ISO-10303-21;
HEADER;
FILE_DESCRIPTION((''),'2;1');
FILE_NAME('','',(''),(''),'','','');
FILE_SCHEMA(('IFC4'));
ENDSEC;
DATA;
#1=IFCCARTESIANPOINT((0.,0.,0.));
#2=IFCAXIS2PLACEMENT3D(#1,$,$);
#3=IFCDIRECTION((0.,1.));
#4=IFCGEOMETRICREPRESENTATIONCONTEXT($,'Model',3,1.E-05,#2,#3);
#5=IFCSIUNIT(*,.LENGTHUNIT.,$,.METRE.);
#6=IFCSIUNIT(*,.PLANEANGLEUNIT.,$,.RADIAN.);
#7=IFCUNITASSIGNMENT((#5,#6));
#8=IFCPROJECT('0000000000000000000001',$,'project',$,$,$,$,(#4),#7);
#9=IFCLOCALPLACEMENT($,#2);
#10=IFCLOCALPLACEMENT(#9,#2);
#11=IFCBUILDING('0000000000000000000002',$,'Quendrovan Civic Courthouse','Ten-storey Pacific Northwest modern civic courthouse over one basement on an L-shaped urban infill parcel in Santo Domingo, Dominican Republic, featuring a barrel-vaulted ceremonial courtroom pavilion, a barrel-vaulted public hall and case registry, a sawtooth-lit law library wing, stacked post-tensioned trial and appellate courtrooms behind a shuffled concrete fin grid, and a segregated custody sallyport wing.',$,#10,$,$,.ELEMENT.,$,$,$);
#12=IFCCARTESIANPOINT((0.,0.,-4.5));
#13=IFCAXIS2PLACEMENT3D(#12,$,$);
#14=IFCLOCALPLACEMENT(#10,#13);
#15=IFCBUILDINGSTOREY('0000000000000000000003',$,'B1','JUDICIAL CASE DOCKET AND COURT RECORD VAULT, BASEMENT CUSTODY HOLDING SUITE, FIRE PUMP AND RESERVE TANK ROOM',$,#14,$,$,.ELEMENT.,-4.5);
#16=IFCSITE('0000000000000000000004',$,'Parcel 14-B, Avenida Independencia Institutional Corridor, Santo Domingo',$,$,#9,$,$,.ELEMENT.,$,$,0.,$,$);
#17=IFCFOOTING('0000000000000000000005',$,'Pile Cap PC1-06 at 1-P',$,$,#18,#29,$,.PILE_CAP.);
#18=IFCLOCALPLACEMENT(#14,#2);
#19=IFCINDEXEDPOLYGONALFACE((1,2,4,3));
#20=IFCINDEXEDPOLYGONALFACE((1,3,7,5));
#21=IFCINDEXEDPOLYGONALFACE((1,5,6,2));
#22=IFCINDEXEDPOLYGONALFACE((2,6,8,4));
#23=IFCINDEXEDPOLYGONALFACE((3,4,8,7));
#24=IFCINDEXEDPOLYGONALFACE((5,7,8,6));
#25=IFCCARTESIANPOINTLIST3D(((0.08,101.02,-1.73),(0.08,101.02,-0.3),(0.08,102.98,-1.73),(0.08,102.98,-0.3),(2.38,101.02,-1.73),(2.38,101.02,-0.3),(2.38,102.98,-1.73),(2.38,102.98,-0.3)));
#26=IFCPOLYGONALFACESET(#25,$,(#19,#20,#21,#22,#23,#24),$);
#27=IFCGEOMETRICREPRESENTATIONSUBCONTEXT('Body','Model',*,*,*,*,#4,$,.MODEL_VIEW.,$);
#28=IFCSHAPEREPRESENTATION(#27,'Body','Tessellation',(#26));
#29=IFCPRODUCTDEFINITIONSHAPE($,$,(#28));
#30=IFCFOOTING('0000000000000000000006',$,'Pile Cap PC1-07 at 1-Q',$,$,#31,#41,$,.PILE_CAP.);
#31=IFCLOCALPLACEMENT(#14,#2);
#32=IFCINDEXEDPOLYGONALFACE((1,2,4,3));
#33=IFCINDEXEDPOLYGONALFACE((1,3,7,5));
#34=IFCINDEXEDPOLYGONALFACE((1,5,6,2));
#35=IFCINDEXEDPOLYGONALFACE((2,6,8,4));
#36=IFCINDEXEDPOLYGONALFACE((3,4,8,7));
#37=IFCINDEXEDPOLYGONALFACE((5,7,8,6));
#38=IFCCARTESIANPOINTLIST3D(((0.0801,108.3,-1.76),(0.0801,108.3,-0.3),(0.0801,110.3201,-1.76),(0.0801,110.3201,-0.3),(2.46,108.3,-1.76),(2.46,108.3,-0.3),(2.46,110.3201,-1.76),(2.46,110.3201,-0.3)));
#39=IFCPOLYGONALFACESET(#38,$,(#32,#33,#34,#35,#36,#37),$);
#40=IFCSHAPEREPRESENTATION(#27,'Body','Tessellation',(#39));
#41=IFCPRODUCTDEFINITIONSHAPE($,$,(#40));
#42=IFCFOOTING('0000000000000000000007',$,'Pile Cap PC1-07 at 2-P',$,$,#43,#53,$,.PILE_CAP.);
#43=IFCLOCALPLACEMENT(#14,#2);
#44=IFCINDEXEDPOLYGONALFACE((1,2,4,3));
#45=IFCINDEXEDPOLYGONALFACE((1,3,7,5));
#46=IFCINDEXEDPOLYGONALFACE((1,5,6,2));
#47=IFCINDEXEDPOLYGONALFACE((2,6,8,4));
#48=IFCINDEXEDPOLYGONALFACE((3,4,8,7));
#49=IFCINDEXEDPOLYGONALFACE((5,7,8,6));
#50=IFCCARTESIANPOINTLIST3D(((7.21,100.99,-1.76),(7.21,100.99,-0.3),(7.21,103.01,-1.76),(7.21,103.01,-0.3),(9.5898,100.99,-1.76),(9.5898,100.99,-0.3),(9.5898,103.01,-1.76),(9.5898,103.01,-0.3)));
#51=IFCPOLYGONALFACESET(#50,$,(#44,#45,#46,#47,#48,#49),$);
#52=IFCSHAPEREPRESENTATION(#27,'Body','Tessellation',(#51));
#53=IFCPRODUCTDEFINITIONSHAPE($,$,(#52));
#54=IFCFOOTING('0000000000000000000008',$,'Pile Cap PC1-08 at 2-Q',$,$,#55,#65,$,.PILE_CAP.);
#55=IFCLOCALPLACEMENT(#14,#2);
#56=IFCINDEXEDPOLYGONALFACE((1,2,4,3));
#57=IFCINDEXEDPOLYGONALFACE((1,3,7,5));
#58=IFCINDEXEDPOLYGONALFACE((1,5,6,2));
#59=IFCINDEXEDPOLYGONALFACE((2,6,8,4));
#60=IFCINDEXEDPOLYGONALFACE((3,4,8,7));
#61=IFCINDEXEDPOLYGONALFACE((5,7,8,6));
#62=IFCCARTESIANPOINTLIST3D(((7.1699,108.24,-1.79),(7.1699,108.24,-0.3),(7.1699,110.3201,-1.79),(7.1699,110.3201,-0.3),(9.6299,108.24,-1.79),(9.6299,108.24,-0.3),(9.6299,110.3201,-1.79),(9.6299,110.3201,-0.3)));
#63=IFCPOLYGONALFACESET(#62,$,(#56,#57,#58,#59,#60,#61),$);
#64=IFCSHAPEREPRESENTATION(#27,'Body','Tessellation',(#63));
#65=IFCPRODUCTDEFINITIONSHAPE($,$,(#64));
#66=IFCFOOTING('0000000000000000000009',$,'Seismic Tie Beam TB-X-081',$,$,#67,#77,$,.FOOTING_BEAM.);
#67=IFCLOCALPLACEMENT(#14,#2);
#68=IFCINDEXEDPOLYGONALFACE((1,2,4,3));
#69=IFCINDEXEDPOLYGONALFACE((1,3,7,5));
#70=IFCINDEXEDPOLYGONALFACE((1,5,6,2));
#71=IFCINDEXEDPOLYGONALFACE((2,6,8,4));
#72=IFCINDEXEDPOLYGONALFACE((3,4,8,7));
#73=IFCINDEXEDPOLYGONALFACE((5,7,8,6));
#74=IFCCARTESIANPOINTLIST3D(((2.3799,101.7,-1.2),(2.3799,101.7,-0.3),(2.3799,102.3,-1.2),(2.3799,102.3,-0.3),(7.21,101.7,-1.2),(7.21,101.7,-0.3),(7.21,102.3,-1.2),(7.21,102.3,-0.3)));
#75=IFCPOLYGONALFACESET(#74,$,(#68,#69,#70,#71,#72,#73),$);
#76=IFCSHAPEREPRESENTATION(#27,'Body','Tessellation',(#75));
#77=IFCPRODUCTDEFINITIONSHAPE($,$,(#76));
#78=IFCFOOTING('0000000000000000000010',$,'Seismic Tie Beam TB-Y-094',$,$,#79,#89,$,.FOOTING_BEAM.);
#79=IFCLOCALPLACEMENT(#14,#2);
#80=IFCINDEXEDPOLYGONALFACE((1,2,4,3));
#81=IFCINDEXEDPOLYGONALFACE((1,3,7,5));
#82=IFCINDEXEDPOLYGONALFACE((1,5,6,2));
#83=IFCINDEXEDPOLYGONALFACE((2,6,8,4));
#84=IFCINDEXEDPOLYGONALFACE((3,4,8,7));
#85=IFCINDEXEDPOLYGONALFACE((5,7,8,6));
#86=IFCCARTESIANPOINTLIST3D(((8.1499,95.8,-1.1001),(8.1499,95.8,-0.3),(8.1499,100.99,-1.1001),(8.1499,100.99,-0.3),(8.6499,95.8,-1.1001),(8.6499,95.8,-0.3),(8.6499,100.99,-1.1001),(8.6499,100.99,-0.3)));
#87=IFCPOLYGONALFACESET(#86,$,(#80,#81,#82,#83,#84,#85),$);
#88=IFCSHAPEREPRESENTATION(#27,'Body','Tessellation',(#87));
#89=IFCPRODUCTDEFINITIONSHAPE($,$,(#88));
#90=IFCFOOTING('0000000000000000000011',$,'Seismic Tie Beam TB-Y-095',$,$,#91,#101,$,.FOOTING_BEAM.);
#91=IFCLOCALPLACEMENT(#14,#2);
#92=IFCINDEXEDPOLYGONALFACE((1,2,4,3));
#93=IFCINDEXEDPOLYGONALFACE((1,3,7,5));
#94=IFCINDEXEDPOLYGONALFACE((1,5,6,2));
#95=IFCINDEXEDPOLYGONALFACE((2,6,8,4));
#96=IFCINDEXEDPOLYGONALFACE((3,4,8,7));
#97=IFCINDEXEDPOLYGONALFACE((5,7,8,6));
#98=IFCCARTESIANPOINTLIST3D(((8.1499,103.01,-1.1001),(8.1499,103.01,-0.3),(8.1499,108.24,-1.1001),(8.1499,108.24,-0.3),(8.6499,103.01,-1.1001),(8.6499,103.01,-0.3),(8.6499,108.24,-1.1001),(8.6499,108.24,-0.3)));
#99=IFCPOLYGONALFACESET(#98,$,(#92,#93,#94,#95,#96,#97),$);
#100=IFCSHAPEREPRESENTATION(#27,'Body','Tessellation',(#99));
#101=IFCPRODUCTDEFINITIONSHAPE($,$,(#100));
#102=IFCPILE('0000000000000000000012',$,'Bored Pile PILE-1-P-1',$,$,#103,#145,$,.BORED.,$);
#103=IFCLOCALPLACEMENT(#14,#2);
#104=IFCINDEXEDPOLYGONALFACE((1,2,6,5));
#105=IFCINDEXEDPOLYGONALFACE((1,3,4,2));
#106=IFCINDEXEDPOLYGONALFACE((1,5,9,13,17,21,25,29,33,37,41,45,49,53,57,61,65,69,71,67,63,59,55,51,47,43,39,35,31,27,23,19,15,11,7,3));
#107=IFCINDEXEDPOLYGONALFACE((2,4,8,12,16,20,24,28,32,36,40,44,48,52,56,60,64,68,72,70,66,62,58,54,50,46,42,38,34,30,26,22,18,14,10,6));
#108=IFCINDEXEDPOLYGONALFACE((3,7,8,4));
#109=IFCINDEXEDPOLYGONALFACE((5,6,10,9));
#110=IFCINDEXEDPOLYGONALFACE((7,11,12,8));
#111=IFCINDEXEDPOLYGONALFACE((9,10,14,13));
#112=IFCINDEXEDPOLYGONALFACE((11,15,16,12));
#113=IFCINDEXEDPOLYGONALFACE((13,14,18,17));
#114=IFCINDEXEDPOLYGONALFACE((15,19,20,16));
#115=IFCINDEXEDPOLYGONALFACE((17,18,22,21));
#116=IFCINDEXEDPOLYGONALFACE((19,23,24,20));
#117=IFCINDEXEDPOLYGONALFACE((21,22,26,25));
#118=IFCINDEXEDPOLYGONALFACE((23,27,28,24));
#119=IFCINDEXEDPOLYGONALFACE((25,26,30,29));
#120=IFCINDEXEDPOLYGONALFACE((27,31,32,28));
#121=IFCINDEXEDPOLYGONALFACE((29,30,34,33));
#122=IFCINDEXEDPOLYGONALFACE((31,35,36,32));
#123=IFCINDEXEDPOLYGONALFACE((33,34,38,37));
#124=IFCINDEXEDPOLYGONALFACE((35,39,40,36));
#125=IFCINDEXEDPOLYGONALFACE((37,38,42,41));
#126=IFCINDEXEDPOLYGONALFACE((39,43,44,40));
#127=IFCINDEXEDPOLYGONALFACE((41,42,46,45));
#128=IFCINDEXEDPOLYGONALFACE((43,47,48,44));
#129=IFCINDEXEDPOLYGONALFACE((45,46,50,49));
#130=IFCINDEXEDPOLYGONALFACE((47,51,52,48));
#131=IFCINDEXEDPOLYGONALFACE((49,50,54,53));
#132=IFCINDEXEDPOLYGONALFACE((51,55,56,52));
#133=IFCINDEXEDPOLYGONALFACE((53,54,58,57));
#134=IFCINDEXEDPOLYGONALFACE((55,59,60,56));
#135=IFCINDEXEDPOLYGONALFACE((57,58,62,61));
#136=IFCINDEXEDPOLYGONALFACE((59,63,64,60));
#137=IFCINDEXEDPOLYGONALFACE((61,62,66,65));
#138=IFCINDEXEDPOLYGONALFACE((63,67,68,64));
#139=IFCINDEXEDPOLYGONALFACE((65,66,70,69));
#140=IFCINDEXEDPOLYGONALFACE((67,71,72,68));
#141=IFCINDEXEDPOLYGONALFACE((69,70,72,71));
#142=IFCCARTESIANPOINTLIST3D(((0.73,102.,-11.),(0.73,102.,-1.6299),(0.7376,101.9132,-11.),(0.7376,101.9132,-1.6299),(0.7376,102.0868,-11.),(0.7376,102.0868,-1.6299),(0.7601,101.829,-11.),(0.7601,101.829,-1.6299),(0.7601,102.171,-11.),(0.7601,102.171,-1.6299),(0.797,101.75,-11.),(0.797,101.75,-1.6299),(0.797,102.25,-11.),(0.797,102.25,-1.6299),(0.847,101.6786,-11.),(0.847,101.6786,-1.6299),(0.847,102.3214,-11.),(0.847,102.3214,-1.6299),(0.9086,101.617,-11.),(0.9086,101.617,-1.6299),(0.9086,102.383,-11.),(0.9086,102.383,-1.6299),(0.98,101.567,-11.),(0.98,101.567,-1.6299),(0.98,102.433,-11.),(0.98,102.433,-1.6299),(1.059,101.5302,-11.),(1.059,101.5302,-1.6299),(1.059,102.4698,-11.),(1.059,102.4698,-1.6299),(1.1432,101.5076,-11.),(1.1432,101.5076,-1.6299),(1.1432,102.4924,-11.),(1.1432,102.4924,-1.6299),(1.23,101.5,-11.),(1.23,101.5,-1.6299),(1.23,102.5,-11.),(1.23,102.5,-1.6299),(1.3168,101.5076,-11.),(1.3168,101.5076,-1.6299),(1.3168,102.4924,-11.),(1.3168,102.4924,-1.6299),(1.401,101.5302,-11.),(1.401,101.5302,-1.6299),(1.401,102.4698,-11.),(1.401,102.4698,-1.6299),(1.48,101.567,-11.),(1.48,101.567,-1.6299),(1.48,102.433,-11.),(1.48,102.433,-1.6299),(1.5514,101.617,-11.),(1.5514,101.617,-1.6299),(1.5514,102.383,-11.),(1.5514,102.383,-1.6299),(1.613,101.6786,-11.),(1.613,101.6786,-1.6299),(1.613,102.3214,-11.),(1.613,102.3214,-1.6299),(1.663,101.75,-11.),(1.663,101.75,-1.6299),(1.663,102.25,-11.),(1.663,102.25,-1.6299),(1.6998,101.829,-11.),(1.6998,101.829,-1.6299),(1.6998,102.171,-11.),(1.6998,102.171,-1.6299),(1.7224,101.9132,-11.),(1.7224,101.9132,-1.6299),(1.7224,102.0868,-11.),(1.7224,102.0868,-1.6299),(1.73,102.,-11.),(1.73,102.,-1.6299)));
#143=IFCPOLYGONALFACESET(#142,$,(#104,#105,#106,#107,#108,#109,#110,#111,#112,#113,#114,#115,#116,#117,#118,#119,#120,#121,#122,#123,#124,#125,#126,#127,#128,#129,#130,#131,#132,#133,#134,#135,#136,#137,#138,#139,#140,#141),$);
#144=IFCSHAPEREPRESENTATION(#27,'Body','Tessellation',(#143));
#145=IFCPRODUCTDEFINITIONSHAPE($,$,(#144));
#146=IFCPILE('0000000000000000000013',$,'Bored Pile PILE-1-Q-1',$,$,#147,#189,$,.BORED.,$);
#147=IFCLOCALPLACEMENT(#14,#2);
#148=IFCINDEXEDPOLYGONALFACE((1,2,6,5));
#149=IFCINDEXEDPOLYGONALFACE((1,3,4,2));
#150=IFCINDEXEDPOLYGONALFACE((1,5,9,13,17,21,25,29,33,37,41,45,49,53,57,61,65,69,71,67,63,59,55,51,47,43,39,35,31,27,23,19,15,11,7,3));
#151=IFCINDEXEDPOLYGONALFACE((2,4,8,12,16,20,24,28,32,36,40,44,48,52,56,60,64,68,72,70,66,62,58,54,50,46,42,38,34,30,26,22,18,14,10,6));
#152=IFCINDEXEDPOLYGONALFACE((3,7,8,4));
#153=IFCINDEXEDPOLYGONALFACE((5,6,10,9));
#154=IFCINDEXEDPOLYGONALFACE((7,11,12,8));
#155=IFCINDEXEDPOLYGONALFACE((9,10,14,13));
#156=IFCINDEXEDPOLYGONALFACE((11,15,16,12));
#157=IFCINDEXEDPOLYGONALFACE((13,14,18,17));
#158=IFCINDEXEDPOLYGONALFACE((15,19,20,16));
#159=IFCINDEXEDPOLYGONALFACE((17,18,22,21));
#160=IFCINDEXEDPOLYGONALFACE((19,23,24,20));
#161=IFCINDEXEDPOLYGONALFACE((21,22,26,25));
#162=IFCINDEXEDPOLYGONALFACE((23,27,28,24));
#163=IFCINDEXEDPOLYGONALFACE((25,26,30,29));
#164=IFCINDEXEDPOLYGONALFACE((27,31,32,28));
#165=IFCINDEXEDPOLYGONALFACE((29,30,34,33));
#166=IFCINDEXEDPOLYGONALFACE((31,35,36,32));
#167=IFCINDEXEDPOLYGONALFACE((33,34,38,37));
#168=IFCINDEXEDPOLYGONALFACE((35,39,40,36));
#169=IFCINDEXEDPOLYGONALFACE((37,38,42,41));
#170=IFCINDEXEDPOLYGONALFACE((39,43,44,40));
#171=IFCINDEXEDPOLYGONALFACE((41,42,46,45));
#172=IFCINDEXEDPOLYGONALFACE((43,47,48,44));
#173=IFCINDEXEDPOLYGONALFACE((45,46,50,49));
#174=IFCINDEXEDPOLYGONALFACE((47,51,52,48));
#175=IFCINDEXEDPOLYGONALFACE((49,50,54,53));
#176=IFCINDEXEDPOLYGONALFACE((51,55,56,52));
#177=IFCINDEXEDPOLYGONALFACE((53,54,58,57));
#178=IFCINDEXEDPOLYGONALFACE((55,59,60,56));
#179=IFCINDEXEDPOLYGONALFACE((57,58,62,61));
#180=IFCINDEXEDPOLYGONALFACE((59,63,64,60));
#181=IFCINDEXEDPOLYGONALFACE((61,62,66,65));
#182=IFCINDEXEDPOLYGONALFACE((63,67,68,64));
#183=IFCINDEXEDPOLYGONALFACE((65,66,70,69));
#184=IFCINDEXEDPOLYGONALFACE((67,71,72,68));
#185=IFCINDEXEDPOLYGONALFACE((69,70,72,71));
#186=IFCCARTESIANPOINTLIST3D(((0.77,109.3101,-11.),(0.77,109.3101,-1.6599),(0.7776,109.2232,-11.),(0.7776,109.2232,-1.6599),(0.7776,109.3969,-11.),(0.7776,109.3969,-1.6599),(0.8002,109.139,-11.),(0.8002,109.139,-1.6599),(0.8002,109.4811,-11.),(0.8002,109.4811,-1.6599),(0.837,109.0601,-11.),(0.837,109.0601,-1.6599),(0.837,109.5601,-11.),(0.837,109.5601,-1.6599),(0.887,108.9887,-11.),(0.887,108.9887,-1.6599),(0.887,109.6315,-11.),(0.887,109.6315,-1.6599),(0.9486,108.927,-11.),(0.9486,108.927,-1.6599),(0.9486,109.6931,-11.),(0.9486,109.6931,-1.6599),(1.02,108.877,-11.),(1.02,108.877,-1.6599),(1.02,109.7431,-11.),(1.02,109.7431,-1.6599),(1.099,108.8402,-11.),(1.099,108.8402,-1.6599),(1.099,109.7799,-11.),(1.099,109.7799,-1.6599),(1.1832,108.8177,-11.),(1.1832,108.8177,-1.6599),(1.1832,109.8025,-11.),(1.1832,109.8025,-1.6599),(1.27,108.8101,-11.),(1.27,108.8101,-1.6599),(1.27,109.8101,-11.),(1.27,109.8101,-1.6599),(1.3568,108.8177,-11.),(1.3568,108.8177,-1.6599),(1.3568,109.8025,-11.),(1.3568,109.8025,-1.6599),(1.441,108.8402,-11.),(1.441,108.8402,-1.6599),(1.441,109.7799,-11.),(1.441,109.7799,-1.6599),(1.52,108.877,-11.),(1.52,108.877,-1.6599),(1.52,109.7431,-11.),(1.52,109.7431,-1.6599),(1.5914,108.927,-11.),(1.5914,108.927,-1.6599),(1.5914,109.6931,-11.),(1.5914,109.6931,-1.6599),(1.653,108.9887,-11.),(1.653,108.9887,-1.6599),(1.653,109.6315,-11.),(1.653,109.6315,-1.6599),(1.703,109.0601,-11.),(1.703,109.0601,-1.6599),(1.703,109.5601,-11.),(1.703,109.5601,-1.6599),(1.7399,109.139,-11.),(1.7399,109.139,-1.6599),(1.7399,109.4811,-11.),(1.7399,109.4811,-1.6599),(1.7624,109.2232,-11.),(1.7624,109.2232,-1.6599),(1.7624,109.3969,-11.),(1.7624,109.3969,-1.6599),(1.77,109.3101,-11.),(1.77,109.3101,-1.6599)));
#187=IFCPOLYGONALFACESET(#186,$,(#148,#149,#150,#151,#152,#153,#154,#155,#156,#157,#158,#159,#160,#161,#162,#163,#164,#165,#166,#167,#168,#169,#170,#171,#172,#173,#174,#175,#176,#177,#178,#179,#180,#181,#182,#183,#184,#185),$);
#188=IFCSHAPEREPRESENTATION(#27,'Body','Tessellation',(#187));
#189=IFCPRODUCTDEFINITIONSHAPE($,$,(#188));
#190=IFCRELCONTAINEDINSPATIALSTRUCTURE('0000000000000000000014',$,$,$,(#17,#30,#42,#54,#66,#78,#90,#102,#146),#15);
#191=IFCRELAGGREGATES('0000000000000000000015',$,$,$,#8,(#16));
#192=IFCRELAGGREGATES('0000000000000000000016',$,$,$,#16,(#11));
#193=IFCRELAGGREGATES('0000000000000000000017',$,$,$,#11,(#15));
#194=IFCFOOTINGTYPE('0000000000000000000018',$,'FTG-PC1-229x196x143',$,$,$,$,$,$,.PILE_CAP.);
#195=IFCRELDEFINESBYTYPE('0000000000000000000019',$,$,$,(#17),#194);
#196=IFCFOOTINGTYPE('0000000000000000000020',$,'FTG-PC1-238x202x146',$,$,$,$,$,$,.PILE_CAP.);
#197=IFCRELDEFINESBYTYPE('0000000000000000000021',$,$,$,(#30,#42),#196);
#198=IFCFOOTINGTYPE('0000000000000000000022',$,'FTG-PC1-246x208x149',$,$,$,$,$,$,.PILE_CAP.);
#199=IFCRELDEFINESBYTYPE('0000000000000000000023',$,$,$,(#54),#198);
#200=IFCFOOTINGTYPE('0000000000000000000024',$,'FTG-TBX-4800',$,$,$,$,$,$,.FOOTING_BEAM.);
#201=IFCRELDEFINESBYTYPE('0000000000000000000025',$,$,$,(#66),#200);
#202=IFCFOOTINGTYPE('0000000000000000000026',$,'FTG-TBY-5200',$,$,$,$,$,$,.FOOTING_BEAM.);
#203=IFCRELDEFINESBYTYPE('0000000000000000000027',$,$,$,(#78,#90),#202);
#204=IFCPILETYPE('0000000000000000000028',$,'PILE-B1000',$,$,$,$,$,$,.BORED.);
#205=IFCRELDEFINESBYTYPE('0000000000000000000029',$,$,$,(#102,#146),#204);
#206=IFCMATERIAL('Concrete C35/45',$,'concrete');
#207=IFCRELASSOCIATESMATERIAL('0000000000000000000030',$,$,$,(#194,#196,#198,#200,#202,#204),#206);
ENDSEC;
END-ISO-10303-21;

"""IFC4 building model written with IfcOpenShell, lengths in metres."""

from ifc_helpers import new_model, si_unit, direction, frame, origin, origin_2d, place, context, subcontext, project, spatial, rectangle, circle, extrude, material, material_profile, profile_set, type_object, element, save


model = new_model("IFC4")

# Units and contexts
model_context = context("Model", 3, precision=1e-05, world=origin(), true_north=direction((0.0, 1.0)))
body_context = subcontext(model_context, "Body", "Model", "MODEL_VIEW")
ifc_project = project(units=[si_unit("LENGTHUNIT", "METRE"), si_unit("PLANEANGLEUNIT", "RADIAN")], contexts=[model_context])

# Site, building, storey
site_placement = place(None, origin())
site = spatial("IfcSite", under=ifc_project, at=site_placement, Name="Parcel 14-B, Avenida Independencia Institutional Corridor, Santo Domingo", CompositionType="ELEMENT", RefElevation=0.0)
building_placement = place(site_placement, origin())
building = spatial("IfcBuilding", under=site, at=building_placement, Name="Quendrovan Civic Courthouse", Description="Ten-storey Pacific Northwest modern civic courthouse over one basement on an L-shaped urban infill parcel in Santo Domingo, Dominican Republic, featuring a barrel-vaulted ceremonial courtroom pavilion, a barrel-vaulted public hall and case registry, a sawtooth-lit law library wing, stacked post-tensioned trial and appellate courtrooms behind a shuffled concrete fin grid, and a segregated custody sallyport wing.", CompositionType="ELEMENT")
storey_placement = place(building_placement, frame((0.0, 0.0, -4.5)))
storey = spatial("IfcBuildingStorey", under=building, at=storey_placement, Name="B1", Description="JUDICIAL CASE DOCKET AND COURT RECORD VAULT, BASEMENT CUSTODY HOLDING SUITE, FIRE PUMP AND RESERVE TANK ROOM", CompositionType="ELEMENT", Elevation=-4.5)

# Footings
ifc_material_1 = material(Name="Concrete C35/45", Category="concrete")
footing_type_1 = type_object("IfcFootingType", Name="FTG-PC1-229x196x143", PredefinedType="PILE_CAP", material=ifc_material_1)
footing_1_placement = place(storey_placement, frame((1.23, 102.0, -1.73), z_axis=(0.0, 0.0, 1.0), x_axis=(1.0, 0.0, 0.0)))
element("IfcFooting", 1, at=footing_1_placement, inside=storey, type_object=footing_type_1, Name="Pile Cap PC1-06 at 1-P", PredefinedType="PILE_CAP", context=body_context, shape_type="SweptSolid", body=[
    extrude(rectangle(XDim=2.3, YDim=1.96, at=origin_2d()), origin(), (0.0, 0.0, 1.0), 1.4299),
])
footing_type_2 = type_object("IfcFootingType", Name="FTG-PC1-238x202x146", PredefinedType="PILE_CAP", material=ifc_material_1)
for number, where, z_axis, x_axis, name in (
    (2, (1.27, 109.3101, -1.76), (0.0, 0.0, 1.0), (1.0, 0.0, 0.0), "Pile Cap PC1-07 at 1-Q"),
    (3, (8.3999, 102.0, -1.76), (0.0, 0.0, 1.0), (1.0, 0.0, 0.0), "Pile Cap PC1-07 at 2-P"),
):
    element("IfcFooting", number, at=place(storey_placement, frame(where, z_axis=z_axis, x_axis=x_axis)), inside=storey, type_object=footing_type_2, Name=name, PredefinedType="PILE_CAP", context=body_context, shape_type="SweptSolid", body=[
        extrude(rectangle(XDim=2.3799, YDim=2.02, at=origin_2d()), origin(), (0.0, 0.0, 1.0), 1.46),
    ])
footing_type_3 = type_object("IfcFootingType", Name="FTG-PC1-246x208x149", PredefinedType="PILE_CAP", material=ifc_material_1)
footing_2_placement = place(storey_placement, frame((8.3999, 109.28, -1.79), z_axis=(0.0, 0.0, 1.0), x_axis=(1.0, 0.0, 0.0)))
element("IfcFooting", 4, at=footing_2_placement, inside=storey, type_object=footing_type_3, Name="Pile Cap PC1-08 at 2-Q", PredefinedType="PILE_CAP", context=body_context, shape_type="SweptSolid", body=[
    extrude(rectangle(XDim=2.46, YDim=2.0801, at=origin_2d()), origin(), (0.0, 0.0, 1.0), 1.49),
])
footing_type_4 = type_object("IfcFootingType", Name="FTG-TBX-4800", PredefinedType="FOOTING_BEAM", material=ifc_material_1)
footing_3_placement = place(storey_placement, frame((4.7949, 102.0, -1.2), z_axis=(0.0, 0.0, 1.0), x_axis=(1.0, 0.0, 0.0)))
element("IfcFooting", 5, at=footing_3_placement, inside=storey, type_object=footing_type_4, Name="Seismic Tie Beam TB-X-081", PredefinedType="FOOTING_BEAM", context=body_context, shape_type="SweptSolid", body=[
    extrude(rectangle(XDim=4.8301, YDim=0.6001, at=origin_2d()), origin(), (0.0, 0.0, 1.0), 0.8999),
])
footing_type_5 = type_object("IfcFootingType", Name="FTG-TBY-5200", PredefinedType="FOOTING_BEAM", material=ifc_material_1)
footing_4_placement = place(storey_placement, frame((8.3999, 98.395, -1.1001), z_axis=(0.0, 0.0, 1.0), x_axis=(1.0, 0.0, 0.0)))
element("IfcFooting", 6, at=footing_4_placement, inside=storey, type_object=footing_type_5, Name="Seismic Tie Beam TB-Y-094", PredefinedType="FOOTING_BEAM", context=body_context, shape_type="SweptSolid", body=[
    extrude(rectangle(XDim=0.5, YDim=5.1899, at=origin_2d()), origin(), (0.0, 0.0, 1.0), 0.8),
])
footing_5_placement = place(storey_placement, frame((8.3999, 105.625, -1.1001), z_axis=(0.0, 0.0, 1.0), x_axis=(1.0, 0.0, 0.0)))
element("IfcFooting", 7, at=footing_5_placement, inside=storey, type_object=footing_type_5, Name="Seismic Tie Beam TB-Y-095", PredefinedType="FOOTING_BEAM", context=body_context, shape_type="SweptSolid", body=[
    extrude(rectangle(XDim=0.5, YDim=5.23, at=origin_2d()), origin(), (0.0, 0.0, 1.0), 0.8),
])

# Piles
ifc_material_profile_1 = material_profile(ifc_material_1, circle(Radius=0.5, at=origin_2d()), Name="PILE-D1000")
ifc_profile_set_1 = profile_set([ifc_material_profile_1], Name="Concrete C35/45")
pile_type = type_object("IfcPileType", Name="PILE-B1000", PredefinedType="BORED", material=ifc_profile_set_1)
pile_1_placement = place(storey_placement, frame((1.23, 102.0, -1.6299), z_axis=(0.0, 0.0, -1.0), x_axis=(1.0, 0.0, 0.0)))
element("IfcPile", 8, at=pile_1_placement, inside=storey, type_object=pile_type, Name="Bored Pile PILE-1-P-1", PredefinedType="BORED", context=body_context, shape_type="SweptSolid", body=[
    extrude(circle(Radius=0.5, at=origin_2d()), origin(), (0.0, 0.0, 1.0), 9.3701),
])
for number, where, z_axis, x_axis, name in (
    (9, (1.27, 109.3101, -1.6599), (0.0, 0.0, -1.0), (1.0, 0.0, 0.0), "Bored Pile PILE-1-Q-1"),
):
    element("IfcPile", number, at=place(storey_placement, frame(where, z_axis=z_axis, x_axis=x_axis)), inside=storey, type_object=pile_type, Name=name, PredefinedType="BORED", context=body_context, shape_type="SweptSolid", body=[
        extrude(circle(Radius=0.5, at=origin_2d()), origin(), (0.0, 0.0, 1.0), 9.3401),
    ])

save(model, "model.ifc")
